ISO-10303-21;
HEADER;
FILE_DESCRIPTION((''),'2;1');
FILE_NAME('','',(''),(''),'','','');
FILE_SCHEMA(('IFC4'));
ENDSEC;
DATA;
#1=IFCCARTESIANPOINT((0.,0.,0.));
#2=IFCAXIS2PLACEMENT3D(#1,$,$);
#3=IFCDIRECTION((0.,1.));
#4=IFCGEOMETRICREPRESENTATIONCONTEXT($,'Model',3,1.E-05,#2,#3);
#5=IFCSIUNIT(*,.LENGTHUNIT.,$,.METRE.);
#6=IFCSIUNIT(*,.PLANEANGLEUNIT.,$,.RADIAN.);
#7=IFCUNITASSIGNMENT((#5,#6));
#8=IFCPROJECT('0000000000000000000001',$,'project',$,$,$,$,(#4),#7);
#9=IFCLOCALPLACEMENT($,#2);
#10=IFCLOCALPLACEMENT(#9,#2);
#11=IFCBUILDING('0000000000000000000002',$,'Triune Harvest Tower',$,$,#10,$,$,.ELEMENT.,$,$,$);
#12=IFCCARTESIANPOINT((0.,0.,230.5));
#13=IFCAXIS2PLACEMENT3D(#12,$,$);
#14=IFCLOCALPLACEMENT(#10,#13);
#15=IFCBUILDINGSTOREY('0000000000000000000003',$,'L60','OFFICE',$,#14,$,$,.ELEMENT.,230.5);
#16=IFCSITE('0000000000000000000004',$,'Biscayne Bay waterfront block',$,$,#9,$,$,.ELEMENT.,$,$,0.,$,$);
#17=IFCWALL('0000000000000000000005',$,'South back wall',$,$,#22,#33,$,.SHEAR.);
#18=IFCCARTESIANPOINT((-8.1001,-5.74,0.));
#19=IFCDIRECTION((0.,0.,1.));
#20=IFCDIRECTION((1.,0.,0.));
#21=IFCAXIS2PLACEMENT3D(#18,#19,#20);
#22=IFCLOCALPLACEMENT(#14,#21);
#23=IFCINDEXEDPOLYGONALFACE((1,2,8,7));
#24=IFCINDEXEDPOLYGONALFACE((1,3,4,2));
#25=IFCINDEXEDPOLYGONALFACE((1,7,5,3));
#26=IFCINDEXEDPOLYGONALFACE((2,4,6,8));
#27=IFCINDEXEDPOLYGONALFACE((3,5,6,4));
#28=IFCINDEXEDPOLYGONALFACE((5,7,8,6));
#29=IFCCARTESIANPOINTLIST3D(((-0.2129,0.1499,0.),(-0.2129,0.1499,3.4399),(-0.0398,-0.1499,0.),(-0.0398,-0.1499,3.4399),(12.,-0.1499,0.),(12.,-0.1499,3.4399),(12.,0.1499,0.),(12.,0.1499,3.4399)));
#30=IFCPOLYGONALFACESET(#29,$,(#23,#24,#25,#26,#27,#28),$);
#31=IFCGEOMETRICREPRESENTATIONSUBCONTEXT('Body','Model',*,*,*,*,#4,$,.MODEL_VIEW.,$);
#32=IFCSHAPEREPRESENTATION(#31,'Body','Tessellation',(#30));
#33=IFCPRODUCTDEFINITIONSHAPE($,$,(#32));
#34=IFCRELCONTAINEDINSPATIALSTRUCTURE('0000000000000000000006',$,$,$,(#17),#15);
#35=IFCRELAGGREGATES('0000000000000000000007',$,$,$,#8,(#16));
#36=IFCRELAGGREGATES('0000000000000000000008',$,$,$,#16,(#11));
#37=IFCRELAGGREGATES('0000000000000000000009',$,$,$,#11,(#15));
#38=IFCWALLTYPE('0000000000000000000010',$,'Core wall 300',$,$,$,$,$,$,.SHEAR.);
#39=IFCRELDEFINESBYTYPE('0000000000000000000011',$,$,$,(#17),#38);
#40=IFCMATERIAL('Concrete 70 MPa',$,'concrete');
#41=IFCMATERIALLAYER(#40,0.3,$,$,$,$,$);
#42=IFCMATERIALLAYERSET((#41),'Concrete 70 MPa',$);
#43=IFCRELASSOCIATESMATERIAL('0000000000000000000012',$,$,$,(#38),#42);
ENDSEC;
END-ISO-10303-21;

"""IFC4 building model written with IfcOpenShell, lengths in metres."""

from ifc_helpers import new_model, si_unit, direction, frame, origin, place, context, subcontext, project, spatial, polyline, outline, extrude, source, transform, mapped, material, layer, layer_set, type_object, element, save


model = new_model("IFC4")

# Units and contexts
model_context = context("Model", 3, precision=1e-05, world=origin(), true_north=direction((0.0, 1.0)))
body_context = subcontext(model_context, "Body", "Model", "MODEL_VIEW")
ifc_project = project(units=[si_unit("LENGTHUNIT", "METRE"), si_unit("PLANEANGLEUNIT", "RADIAN")], contexts=[model_context])

# Site, building, storey
site_placement = place(None, origin())
site = spatial("IfcSite", under=ifc_project, at=site_placement, Name="Biscayne Bay waterfront block", CompositionType="ELEMENT", RefElevation=0.0)
building_placement = place(site_placement, origin())
building = spatial("IfcBuilding", under=site, at=building_placement, Name="Triune Harvest Tower", CompositionType="ELEMENT")
storey_placement = place(building_placement, frame((0.0, 0.0, 230.5)))
storey = spatial("IfcBuildingStorey", under=building, at=storey_placement, Name="L60", Description="OFFICE", CompositionType="ELEMENT", Elevation=230.5)

# Shared definitions
ifc_material_1 = material(Name="Concrete 70 MPa", Category="concrete")
ifc_layer_1 = layer(ifc_material_1, 0.3)
ifc_layer_set_1 = layer_set([ifc_layer_1], Name="Concrete 70 MPa")
wall_type_1 = type_object("IfcWallType", Name="Core wall 300", PredefinedType="SHEAR", material=ifc_layer_set_1)

# Wall
shared_shape_1 = source(origin(), body_context, "Body", "SweptSolid", [
    extrude(outline(polyline([(12.0, -0.1499), (-0.0398, -0.1499), (-0.2129, 0.1499), (12.0, 0.1499), (12.0, -0.1499)])), origin(), (0.0, 0.0, 1.0), 3.4399),
])
wall_1_placement = place(storey_placement, frame((-8.1001, -5.74, 0.0), z_axis=(0.0, 0.0, 1.0), x_axis=(1.0, 0.0, 0.0)))
element("IfcWall", 1, at=wall_1_placement, inside=storey, type_object=wall_type_1, Name="South back wall", PredefinedType="SHEAR", context=body_context, shape_type="MappedRepresentation", body=[
    mapped(shared_shape_1, transform((0.0, 0.0, 0.0), scale=1.0)),
])

save(model, "model.ifc")
